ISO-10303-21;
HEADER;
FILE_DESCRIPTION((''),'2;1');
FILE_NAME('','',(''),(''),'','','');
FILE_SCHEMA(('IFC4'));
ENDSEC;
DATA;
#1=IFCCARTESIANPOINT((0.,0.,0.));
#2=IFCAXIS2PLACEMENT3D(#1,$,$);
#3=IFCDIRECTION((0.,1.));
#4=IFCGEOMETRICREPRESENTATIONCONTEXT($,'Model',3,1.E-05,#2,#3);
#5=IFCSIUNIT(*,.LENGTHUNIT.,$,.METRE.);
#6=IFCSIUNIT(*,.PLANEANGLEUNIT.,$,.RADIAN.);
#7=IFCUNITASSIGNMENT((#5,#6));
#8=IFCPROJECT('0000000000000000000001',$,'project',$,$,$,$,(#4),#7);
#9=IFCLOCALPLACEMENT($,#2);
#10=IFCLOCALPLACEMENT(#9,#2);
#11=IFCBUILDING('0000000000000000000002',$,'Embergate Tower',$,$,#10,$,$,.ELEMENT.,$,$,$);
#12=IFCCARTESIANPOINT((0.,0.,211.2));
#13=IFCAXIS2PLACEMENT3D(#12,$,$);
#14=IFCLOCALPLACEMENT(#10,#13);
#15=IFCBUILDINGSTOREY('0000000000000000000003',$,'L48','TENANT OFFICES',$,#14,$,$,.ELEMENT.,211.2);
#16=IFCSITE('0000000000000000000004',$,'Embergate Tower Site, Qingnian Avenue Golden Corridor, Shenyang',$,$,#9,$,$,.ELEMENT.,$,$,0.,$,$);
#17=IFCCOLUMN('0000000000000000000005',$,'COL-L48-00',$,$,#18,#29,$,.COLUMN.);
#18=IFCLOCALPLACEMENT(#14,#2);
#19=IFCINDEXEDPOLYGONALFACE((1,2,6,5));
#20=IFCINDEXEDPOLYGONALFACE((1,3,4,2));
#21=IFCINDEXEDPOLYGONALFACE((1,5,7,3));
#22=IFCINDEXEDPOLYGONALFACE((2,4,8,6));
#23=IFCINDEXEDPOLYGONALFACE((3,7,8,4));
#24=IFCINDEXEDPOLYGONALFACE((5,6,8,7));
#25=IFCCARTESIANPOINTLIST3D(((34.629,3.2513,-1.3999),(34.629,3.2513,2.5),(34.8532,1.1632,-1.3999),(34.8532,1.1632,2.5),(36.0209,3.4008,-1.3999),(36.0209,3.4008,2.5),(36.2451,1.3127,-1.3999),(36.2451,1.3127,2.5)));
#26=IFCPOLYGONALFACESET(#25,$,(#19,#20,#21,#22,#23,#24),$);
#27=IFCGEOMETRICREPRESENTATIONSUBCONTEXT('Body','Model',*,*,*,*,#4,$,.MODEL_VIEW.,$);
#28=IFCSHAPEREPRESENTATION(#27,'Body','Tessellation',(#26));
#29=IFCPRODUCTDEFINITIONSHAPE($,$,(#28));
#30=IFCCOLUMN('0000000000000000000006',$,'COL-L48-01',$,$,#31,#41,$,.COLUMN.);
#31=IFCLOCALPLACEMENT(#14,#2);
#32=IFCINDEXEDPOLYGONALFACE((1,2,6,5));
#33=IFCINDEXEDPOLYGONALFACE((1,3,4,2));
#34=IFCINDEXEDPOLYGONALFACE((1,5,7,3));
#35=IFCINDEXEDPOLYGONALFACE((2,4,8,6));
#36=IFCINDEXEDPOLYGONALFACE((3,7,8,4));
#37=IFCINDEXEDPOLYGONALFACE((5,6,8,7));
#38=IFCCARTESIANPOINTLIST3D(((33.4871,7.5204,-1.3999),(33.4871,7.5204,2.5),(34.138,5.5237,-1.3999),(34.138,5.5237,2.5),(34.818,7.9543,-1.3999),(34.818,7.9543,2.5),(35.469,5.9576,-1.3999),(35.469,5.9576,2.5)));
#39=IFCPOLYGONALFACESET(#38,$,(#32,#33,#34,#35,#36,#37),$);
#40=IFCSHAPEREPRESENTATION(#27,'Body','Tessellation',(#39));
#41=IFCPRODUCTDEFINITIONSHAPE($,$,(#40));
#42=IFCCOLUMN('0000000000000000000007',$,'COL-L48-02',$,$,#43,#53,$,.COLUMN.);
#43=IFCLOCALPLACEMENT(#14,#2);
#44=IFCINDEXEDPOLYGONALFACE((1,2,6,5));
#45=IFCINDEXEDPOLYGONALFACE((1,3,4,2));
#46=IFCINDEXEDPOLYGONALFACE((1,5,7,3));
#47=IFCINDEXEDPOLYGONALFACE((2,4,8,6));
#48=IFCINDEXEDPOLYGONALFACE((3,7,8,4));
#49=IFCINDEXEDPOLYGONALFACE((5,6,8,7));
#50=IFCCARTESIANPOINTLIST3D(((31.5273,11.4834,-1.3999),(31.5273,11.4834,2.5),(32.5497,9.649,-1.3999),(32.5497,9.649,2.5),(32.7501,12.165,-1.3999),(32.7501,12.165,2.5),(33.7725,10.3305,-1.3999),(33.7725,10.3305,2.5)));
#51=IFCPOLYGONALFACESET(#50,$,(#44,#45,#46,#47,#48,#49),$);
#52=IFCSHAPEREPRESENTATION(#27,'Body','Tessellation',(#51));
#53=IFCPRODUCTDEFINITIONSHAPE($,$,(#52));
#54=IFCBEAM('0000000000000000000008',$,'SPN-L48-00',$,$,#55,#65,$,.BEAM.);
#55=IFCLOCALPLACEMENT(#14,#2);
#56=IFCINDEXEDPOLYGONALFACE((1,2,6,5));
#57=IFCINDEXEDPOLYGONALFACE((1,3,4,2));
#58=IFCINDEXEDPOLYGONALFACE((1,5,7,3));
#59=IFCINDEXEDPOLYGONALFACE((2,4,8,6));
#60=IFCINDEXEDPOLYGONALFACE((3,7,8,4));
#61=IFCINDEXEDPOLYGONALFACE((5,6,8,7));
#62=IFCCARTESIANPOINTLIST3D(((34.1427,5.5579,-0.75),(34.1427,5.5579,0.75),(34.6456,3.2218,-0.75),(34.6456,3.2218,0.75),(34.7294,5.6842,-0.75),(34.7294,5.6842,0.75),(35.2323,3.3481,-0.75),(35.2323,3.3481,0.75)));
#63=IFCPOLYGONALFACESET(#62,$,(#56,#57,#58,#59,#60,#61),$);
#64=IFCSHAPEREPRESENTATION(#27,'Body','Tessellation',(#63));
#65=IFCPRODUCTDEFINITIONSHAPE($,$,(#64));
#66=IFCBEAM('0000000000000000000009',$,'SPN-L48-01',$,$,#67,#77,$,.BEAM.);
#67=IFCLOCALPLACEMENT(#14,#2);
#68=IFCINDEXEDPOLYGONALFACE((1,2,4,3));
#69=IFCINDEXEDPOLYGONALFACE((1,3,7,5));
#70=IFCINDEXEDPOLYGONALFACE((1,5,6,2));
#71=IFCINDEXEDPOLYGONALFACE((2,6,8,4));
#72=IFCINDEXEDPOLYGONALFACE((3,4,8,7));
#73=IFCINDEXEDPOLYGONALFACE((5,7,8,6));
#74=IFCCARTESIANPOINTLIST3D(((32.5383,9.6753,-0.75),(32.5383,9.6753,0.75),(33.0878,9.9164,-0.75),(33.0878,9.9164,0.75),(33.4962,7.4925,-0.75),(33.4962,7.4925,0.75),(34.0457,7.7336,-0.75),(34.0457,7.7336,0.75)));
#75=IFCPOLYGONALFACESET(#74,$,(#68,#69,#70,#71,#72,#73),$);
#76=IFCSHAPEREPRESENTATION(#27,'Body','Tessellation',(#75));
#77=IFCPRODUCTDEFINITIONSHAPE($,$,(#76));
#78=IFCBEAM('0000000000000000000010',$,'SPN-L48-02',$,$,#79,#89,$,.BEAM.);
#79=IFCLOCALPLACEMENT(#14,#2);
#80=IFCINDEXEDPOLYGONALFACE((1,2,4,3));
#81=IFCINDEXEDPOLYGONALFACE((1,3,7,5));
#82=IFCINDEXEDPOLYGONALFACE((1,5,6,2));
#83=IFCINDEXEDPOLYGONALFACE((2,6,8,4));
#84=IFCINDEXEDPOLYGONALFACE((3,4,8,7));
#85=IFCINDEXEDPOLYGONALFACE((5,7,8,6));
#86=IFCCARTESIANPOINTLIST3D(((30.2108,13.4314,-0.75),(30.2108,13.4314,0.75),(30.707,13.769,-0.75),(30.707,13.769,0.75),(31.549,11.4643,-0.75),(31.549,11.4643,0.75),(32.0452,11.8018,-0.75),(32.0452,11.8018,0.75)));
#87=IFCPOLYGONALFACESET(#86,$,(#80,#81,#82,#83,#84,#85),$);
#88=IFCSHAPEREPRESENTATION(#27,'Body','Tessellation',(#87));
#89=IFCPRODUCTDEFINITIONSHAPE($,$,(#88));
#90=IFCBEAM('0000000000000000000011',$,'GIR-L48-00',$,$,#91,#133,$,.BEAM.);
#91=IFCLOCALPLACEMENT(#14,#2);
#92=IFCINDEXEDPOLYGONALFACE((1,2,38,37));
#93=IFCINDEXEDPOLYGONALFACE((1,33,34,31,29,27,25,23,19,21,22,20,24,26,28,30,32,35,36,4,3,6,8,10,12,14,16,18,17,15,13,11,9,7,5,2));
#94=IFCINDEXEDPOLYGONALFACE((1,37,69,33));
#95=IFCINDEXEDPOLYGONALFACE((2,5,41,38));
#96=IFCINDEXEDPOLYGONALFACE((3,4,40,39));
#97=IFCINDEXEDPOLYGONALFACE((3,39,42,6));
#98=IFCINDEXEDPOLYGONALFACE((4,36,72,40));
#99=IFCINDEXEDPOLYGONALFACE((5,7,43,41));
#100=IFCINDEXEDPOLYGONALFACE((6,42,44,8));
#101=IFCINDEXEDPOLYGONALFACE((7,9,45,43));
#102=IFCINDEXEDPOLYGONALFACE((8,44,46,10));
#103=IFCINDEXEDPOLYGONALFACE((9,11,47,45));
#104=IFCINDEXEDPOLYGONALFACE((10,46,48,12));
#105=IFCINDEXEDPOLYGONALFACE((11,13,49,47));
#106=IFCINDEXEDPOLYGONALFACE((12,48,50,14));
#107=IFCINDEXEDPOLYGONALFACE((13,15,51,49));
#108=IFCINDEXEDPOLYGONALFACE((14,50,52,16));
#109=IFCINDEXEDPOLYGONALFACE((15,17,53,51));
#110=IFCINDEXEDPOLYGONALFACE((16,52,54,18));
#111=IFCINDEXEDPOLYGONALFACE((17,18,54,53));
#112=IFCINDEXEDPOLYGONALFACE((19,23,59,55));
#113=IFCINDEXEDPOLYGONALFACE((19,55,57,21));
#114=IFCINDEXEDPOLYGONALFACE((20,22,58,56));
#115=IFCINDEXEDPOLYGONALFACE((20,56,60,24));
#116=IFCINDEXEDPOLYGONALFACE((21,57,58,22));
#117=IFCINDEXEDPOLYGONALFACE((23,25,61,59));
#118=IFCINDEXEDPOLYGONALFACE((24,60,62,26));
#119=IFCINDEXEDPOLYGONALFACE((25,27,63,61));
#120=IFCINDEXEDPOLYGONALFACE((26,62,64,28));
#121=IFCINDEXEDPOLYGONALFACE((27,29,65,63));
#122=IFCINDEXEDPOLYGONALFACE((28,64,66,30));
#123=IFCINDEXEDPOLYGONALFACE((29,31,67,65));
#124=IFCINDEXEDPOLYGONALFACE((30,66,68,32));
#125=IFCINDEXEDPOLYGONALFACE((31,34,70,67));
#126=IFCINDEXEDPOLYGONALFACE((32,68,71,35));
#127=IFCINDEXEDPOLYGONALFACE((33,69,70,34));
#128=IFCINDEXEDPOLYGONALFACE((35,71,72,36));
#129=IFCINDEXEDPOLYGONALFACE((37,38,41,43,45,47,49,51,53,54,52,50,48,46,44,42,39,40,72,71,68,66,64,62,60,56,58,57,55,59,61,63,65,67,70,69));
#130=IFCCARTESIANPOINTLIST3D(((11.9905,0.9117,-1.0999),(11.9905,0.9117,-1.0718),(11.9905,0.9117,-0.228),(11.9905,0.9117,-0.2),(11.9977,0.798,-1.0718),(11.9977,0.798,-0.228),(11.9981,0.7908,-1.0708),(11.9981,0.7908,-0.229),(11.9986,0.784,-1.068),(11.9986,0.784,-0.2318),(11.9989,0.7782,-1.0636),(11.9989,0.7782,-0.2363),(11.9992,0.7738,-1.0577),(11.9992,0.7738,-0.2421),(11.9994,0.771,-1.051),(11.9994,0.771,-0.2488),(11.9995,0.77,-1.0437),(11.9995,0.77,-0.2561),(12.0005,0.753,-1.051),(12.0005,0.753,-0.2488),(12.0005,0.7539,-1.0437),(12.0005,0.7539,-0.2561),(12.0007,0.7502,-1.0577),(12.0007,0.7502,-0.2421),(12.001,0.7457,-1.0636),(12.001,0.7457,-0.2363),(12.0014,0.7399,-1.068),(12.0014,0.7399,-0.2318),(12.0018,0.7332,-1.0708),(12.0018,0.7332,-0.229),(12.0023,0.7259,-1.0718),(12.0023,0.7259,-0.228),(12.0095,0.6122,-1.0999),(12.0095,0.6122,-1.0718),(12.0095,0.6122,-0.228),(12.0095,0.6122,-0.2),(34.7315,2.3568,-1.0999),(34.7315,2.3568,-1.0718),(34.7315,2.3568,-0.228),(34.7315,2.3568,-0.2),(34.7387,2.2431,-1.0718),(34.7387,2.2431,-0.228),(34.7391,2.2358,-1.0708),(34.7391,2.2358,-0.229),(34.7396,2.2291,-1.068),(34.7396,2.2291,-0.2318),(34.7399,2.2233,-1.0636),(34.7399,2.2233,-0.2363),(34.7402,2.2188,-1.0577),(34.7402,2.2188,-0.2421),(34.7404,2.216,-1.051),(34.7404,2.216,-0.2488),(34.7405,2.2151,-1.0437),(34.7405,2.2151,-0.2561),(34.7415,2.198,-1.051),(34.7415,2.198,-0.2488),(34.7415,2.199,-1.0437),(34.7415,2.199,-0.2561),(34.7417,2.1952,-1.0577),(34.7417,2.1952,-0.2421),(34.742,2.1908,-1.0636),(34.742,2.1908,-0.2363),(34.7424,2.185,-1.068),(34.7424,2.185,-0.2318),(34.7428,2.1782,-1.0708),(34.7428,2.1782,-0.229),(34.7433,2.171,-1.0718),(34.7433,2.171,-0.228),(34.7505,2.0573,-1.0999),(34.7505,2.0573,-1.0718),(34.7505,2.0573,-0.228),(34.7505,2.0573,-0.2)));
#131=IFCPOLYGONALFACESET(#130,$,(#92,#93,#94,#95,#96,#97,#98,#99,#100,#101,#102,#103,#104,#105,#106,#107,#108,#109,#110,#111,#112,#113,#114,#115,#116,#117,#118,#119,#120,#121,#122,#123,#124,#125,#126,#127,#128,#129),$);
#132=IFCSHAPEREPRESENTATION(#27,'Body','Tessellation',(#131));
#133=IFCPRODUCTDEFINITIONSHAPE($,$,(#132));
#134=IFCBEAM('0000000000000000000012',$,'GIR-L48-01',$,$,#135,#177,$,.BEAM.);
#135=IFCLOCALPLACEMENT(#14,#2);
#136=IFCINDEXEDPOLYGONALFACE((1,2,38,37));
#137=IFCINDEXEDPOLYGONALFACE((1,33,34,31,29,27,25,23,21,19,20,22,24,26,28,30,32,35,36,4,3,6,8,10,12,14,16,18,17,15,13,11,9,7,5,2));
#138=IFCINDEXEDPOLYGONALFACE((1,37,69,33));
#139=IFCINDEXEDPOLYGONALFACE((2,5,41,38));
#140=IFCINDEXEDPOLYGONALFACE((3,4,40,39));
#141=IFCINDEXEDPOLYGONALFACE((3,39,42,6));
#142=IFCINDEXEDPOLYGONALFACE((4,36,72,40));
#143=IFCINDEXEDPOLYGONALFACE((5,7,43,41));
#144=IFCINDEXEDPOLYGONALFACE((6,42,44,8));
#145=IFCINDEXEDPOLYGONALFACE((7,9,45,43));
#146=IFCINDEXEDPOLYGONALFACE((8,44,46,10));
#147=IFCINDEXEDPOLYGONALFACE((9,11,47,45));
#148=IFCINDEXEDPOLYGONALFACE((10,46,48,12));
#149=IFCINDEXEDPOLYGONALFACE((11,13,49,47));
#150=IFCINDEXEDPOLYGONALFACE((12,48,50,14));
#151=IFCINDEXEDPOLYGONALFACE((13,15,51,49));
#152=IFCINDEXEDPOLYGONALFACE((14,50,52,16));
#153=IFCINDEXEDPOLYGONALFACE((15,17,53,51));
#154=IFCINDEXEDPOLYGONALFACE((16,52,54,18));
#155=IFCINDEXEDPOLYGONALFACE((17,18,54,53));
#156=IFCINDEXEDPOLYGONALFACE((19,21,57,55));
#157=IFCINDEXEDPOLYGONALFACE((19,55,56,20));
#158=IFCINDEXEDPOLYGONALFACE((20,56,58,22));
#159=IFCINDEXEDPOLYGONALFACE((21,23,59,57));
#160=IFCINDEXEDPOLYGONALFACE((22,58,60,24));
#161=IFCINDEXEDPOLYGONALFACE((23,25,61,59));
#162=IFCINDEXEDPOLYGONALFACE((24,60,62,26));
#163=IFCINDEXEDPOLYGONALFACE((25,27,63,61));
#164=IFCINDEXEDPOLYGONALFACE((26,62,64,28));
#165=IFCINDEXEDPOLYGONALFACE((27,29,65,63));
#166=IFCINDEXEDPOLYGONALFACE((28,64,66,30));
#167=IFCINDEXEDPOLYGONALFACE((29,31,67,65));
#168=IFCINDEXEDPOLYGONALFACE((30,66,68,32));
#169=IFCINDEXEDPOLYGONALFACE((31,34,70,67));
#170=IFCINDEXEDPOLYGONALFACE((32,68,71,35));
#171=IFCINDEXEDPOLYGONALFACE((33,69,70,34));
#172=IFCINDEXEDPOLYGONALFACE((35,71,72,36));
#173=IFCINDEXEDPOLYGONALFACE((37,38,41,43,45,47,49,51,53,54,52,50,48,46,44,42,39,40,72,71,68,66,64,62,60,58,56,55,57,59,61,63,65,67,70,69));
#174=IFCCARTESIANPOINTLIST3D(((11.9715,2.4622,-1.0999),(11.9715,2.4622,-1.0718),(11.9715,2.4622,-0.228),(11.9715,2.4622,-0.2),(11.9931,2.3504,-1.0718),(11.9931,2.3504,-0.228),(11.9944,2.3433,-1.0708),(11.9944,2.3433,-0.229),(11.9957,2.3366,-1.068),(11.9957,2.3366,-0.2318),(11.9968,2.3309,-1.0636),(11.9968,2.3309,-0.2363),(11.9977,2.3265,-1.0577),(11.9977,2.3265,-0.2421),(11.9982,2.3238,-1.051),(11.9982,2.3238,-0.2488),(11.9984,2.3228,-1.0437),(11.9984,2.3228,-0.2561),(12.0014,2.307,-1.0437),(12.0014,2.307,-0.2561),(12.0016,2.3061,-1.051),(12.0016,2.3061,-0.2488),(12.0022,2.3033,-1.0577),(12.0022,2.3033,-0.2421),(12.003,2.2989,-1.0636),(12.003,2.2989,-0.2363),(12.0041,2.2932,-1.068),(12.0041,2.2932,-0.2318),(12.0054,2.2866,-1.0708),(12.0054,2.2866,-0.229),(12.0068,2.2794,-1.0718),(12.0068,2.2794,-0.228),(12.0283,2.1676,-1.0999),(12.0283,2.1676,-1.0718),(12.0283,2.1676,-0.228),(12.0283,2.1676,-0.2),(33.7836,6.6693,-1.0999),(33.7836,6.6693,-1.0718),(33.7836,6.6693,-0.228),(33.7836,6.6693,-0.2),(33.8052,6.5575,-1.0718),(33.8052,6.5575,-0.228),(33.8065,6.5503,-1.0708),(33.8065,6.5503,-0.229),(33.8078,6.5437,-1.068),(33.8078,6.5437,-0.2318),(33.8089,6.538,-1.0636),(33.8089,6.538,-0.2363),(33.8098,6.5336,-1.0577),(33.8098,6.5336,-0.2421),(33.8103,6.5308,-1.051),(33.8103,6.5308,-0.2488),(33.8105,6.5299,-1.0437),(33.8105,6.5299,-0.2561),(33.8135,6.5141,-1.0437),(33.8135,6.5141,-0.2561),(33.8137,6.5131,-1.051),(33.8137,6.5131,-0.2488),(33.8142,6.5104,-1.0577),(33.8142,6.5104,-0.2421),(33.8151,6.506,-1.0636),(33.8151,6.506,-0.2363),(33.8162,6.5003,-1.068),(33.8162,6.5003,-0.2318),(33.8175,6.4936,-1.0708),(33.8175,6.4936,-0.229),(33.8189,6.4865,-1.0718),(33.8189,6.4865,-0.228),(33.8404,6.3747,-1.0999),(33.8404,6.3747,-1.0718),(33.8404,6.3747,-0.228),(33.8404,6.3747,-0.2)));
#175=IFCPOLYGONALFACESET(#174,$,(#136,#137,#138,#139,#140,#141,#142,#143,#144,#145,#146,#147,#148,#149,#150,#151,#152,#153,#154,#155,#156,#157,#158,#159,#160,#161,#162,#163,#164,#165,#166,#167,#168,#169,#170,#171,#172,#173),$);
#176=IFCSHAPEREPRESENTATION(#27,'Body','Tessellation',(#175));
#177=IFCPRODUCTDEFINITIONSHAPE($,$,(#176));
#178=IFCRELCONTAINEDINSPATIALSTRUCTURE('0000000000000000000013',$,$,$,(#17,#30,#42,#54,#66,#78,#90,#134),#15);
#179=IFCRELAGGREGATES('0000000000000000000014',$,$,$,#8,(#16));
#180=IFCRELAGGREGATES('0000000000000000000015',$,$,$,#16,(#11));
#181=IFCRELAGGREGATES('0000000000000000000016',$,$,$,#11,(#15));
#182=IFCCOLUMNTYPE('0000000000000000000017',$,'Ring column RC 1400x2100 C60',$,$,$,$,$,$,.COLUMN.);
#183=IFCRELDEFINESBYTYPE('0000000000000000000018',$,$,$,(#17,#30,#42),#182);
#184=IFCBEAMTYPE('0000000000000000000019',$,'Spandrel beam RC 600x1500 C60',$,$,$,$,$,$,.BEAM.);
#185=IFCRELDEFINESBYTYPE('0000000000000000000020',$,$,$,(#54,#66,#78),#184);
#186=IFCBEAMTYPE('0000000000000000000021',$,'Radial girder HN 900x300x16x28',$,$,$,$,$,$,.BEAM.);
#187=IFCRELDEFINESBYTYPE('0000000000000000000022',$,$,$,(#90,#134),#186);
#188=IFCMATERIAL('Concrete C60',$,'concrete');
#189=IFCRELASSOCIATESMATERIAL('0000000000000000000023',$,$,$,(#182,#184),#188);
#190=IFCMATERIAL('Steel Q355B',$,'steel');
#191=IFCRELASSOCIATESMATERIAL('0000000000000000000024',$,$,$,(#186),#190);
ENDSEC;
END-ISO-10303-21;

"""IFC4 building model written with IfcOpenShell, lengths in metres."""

from ifc_helpers import new_model, si_unit, direction, frame, origin, origin_2d, place, context, subcontext, project, spatial, rectangle, i_section, extrude, source, transform, mapped, material, material_profile, profile_set, type_object, element, save


model = new_model("IFC4")

# Units and contexts
model_context = context("Model", 3, precision=1e-05, world=origin(), true_north=direction((0.0, 1.0)))
body_context = subcontext(model_context, "Body", "Model", "MODEL_VIEW")
ifc_project = project(units=[si_unit("LENGTHUNIT", "METRE"), si_unit("PLANEANGLEUNIT", "RADIAN")], contexts=[model_context])

# Site, building, storey
site_placement = place(None, origin())
site = spatial("IfcSite", under=ifc_project, at=site_placement, Name="Embergate Tower Site, Qingnian Avenue Golden Corridor, Shenyang", CompositionType="ELEMENT", RefElevation=0.0)
building_placement = place(site_placement, origin())
building = spatial("IfcBuilding", under=site, at=building_placement, Name="Embergate Tower", CompositionType="ELEMENT")
storey_placement = place(building_placement, frame((0.0, 0.0, 211.2)))
storey = spatial("IfcBuildingStorey", under=building, at=storey_placement, Name="L48", Description="TENANT OFFICES", CompositionType="ELEMENT", Elevation=211.2)

# Columns
ifc_material_1 = material(Name="Concrete C60", Category="concrete")
ifc_material_profile_1 = material_profile(ifc_material_1, rectangle(XDim=1.3999, YDim=2.1001, at=origin_2d()), Name="RC 1400x2100")
ifc_profile_set_1 = profile_set([ifc_material_profile_1], Name="Concrete C60")
column_type = type_object("IfcColumnType", Name="Ring column RC 1400x2100 C60", PredefinedType="COLUMN", material=ifc_profile_set_1)
shared_shape_1 = source(origin(), body_context, "Body", "SweptSolid", [
    extrude(rectangle(XDim=1.3999, YDim=2.1001, at=origin_2d()), origin(), (0.0, 0.0, 1.0), 3.8999),
])
for number, where, z_axis, x_axis, name in (
    (1, (35.437, 2.282, -1.3999), (0.0, 0.0, 1.0), (0.994286, 0.10675, 0.0), "COL-L48-00"),
    (2, (34.478, 6.739, -1.3999), (0.0, 0.0, 1.0), (0.950754, 0.309946, 0.0), "COL-L48-01"),
    (3, (32.6499, 10.907, -1.3999), (0.0, 0.0, 1.0), (0.8735, 0.486823, 0.0), "COL-L48-02"),
):
    element("IfcColumn", number, at=place(storey_placement, frame(where, z_axis=z_axis, x_axis=x_axis)), inside=storey, type_object=column_type, Name=name, PredefinedType="COLUMN", context=body_context, shape_type="MappedRepresentation", body=[
        mapped(shared_shape_1, transform((0.0, 0.0, 0.0))),
    ])

# Beams
ifc_material_profile_2 = material_profile(ifc_material_1, rectangle(XDim=0.6001, YDim=1.5, at=origin_2d()), Name="RC 600x1500")
ifc_profile_set_2 = profile_set([ifc_material_profile_2], Name="Concrete C60")
beam_type_1 = type_object("IfcBeamType", Name="Spandrel beam RC 600x1500 C60", PredefinedType="BEAM", material=ifc_profile_set_2)
shared_shape_2 = source(origin(), body_context, "Body", "SweptSolid", [
    extrude(rectangle(XDim=0.6001, YDim=1.5, at=origin_2d()), origin(), (0.0, 0.0, 1.0), 2.3896),
])
beam_1_placement = place(storey_placement, frame((34.939, 3.2849, 0.0), z_axis=(-0.210457, 0.977603, 0.0), x_axis=(-0.977603, -0.210457, 0.0)))
element("IfcBeam", 4, at=beam_1_placement, inside=storey, type_object=beam_type_1, Name="SPN-L48-00", PredefinedType="BEAM", context=body_context, shape_type="MappedRepresentation", body=[
    mapped(shared_shape_2, transform((0.0, 0.0, 0.0))),
])
shared_shape_3 = source(origin(), body_context, "Body", "SweptSolid", [
    extrude(rectangle(XDim=0.6001, YDim=1.5, at=origin_2d()), origin(), (0.0, 0.0, 1.0), 2.3838),
])
beam_2_placement = place(storey_placement, frame((33.771, 7.613, 0.0), z_axis=(-0.401877, 0.915694, 0.0), x_axis=(-0.915694, -0.401877, 0.0)))
element("IfcBeam", 5, at=beam_2_placement, inside=storey, type_object=beam_type_1, Name="SPN-L48-01", PredefinedType="BEAM", context=body_context, shape_type="MappedRepresentation", body=[
    mapped(shared_shape_3, transform((0.0, 0.0, 0.0))),
])
shared_shape_4 = source(origin(), body_context, "Body", "SweptSolid", [
    extrude(rectangle(XDim=0.6001, YDim=1.5, at=origin_2d()), origin(), (0.0, 0.0, 1.0), 2.3792),
])
beam_3_placement = place(storey_placement, frame((31.7971, 11.6331, 0.0), z_axis=(-0.562467, 0.82682, 0.0), x_axis=(-0.82682, -0.562467, 0.0)))
element("IfcBeam", 6, at=beam_3_placement, inside=storey, type_object=beam_type_1, Name="SPN-L48-02", PredefinedType="BEAM", context=body_context, shape_type="MappedRepresentation", body=[
    mapped(shared_shape_4, transform((0.0, 0.0, 0.0))),
])
ifc_material_2 = material(Name="Steel Q355B", Category="steel")
ifc_material_profile_3 = material_profile(ifc_material_2, i_section(OverallWidth=0.3, OverallDepth=0.8999, WebThickness=0.0161, FlangeThickness=0.0281, FilletRadius=0.0281, at=origin_2d()), Name="HN 900x300x16x28")
ifc_profile_set_3 = profile_set([ifc_material_profile_3], Name="Steel Q355 grade B")
beam_type_2 = type_object("IfcBeamType", Name="Radial girder HN 900x300x16x28", PredefinedType="BEAM", material=ifc_profile_set_3)
shared_shape_5 = source(origin(), body_context, "Body", "SweptSolid", [
    extrude(i_section(OverallWidth=0.3, OverallDepth=0.8999, WebThickness=0.0161, FlangeThickness=0.0281, FilletRadius=0.0281, at=origin_2d()), origin(), (0.0, 0.0, 1.0), 22.7869),
])
beam_4_placement = place(storey_placement, frame((34.741, 2.207, -0.6499), z_axis=(-0.997987, -0.063417, 0.0), x_axis=(0.063417, -0.997987, 0.0)))
element("IfcBeam", 7, at=beam_4_placement, inside=storey, type_object=beam_type_2, Name="GIR-L48-00", PredefinedType="BEAM", context=body_context, shape_type="MappedRepresentation", body=[
    mapped(shared_shape_5, transform((0.0, 0.0, 0.0))),
])
shared_shape_6 = source(origin(), body_context, "Body", "SweptSolid", [
    extrude(i_section(OverallWidth=0.3, OverallDepth=0.8999, WebThickness=0.0161, FlangeThickness=0.0281, FilletRadius=0.0281, at=origin_2d()), origin(), (0.0, 0.0, 1.0), 22.2141),
])
beam_5_placement = place(storey_placement, frame((33.812, 6.522, -0.6499), z_axis=(-0.981903, -0.189386, 0.0), x_axis=(0.189386, -0.981903, 0.0)))
element("IfcBeam", 8, at=beam_5_placement, inside=storey, type_object=beam_type_2, Name="GIR-L48-01", PredefinedType="BEAM", context=body_context, shape_type="MappedRepresentation", body=[
    mapped(shared_shape_6, transform((0.0, 0.0, 0.0))),
])

save(model, "model.ifc")
